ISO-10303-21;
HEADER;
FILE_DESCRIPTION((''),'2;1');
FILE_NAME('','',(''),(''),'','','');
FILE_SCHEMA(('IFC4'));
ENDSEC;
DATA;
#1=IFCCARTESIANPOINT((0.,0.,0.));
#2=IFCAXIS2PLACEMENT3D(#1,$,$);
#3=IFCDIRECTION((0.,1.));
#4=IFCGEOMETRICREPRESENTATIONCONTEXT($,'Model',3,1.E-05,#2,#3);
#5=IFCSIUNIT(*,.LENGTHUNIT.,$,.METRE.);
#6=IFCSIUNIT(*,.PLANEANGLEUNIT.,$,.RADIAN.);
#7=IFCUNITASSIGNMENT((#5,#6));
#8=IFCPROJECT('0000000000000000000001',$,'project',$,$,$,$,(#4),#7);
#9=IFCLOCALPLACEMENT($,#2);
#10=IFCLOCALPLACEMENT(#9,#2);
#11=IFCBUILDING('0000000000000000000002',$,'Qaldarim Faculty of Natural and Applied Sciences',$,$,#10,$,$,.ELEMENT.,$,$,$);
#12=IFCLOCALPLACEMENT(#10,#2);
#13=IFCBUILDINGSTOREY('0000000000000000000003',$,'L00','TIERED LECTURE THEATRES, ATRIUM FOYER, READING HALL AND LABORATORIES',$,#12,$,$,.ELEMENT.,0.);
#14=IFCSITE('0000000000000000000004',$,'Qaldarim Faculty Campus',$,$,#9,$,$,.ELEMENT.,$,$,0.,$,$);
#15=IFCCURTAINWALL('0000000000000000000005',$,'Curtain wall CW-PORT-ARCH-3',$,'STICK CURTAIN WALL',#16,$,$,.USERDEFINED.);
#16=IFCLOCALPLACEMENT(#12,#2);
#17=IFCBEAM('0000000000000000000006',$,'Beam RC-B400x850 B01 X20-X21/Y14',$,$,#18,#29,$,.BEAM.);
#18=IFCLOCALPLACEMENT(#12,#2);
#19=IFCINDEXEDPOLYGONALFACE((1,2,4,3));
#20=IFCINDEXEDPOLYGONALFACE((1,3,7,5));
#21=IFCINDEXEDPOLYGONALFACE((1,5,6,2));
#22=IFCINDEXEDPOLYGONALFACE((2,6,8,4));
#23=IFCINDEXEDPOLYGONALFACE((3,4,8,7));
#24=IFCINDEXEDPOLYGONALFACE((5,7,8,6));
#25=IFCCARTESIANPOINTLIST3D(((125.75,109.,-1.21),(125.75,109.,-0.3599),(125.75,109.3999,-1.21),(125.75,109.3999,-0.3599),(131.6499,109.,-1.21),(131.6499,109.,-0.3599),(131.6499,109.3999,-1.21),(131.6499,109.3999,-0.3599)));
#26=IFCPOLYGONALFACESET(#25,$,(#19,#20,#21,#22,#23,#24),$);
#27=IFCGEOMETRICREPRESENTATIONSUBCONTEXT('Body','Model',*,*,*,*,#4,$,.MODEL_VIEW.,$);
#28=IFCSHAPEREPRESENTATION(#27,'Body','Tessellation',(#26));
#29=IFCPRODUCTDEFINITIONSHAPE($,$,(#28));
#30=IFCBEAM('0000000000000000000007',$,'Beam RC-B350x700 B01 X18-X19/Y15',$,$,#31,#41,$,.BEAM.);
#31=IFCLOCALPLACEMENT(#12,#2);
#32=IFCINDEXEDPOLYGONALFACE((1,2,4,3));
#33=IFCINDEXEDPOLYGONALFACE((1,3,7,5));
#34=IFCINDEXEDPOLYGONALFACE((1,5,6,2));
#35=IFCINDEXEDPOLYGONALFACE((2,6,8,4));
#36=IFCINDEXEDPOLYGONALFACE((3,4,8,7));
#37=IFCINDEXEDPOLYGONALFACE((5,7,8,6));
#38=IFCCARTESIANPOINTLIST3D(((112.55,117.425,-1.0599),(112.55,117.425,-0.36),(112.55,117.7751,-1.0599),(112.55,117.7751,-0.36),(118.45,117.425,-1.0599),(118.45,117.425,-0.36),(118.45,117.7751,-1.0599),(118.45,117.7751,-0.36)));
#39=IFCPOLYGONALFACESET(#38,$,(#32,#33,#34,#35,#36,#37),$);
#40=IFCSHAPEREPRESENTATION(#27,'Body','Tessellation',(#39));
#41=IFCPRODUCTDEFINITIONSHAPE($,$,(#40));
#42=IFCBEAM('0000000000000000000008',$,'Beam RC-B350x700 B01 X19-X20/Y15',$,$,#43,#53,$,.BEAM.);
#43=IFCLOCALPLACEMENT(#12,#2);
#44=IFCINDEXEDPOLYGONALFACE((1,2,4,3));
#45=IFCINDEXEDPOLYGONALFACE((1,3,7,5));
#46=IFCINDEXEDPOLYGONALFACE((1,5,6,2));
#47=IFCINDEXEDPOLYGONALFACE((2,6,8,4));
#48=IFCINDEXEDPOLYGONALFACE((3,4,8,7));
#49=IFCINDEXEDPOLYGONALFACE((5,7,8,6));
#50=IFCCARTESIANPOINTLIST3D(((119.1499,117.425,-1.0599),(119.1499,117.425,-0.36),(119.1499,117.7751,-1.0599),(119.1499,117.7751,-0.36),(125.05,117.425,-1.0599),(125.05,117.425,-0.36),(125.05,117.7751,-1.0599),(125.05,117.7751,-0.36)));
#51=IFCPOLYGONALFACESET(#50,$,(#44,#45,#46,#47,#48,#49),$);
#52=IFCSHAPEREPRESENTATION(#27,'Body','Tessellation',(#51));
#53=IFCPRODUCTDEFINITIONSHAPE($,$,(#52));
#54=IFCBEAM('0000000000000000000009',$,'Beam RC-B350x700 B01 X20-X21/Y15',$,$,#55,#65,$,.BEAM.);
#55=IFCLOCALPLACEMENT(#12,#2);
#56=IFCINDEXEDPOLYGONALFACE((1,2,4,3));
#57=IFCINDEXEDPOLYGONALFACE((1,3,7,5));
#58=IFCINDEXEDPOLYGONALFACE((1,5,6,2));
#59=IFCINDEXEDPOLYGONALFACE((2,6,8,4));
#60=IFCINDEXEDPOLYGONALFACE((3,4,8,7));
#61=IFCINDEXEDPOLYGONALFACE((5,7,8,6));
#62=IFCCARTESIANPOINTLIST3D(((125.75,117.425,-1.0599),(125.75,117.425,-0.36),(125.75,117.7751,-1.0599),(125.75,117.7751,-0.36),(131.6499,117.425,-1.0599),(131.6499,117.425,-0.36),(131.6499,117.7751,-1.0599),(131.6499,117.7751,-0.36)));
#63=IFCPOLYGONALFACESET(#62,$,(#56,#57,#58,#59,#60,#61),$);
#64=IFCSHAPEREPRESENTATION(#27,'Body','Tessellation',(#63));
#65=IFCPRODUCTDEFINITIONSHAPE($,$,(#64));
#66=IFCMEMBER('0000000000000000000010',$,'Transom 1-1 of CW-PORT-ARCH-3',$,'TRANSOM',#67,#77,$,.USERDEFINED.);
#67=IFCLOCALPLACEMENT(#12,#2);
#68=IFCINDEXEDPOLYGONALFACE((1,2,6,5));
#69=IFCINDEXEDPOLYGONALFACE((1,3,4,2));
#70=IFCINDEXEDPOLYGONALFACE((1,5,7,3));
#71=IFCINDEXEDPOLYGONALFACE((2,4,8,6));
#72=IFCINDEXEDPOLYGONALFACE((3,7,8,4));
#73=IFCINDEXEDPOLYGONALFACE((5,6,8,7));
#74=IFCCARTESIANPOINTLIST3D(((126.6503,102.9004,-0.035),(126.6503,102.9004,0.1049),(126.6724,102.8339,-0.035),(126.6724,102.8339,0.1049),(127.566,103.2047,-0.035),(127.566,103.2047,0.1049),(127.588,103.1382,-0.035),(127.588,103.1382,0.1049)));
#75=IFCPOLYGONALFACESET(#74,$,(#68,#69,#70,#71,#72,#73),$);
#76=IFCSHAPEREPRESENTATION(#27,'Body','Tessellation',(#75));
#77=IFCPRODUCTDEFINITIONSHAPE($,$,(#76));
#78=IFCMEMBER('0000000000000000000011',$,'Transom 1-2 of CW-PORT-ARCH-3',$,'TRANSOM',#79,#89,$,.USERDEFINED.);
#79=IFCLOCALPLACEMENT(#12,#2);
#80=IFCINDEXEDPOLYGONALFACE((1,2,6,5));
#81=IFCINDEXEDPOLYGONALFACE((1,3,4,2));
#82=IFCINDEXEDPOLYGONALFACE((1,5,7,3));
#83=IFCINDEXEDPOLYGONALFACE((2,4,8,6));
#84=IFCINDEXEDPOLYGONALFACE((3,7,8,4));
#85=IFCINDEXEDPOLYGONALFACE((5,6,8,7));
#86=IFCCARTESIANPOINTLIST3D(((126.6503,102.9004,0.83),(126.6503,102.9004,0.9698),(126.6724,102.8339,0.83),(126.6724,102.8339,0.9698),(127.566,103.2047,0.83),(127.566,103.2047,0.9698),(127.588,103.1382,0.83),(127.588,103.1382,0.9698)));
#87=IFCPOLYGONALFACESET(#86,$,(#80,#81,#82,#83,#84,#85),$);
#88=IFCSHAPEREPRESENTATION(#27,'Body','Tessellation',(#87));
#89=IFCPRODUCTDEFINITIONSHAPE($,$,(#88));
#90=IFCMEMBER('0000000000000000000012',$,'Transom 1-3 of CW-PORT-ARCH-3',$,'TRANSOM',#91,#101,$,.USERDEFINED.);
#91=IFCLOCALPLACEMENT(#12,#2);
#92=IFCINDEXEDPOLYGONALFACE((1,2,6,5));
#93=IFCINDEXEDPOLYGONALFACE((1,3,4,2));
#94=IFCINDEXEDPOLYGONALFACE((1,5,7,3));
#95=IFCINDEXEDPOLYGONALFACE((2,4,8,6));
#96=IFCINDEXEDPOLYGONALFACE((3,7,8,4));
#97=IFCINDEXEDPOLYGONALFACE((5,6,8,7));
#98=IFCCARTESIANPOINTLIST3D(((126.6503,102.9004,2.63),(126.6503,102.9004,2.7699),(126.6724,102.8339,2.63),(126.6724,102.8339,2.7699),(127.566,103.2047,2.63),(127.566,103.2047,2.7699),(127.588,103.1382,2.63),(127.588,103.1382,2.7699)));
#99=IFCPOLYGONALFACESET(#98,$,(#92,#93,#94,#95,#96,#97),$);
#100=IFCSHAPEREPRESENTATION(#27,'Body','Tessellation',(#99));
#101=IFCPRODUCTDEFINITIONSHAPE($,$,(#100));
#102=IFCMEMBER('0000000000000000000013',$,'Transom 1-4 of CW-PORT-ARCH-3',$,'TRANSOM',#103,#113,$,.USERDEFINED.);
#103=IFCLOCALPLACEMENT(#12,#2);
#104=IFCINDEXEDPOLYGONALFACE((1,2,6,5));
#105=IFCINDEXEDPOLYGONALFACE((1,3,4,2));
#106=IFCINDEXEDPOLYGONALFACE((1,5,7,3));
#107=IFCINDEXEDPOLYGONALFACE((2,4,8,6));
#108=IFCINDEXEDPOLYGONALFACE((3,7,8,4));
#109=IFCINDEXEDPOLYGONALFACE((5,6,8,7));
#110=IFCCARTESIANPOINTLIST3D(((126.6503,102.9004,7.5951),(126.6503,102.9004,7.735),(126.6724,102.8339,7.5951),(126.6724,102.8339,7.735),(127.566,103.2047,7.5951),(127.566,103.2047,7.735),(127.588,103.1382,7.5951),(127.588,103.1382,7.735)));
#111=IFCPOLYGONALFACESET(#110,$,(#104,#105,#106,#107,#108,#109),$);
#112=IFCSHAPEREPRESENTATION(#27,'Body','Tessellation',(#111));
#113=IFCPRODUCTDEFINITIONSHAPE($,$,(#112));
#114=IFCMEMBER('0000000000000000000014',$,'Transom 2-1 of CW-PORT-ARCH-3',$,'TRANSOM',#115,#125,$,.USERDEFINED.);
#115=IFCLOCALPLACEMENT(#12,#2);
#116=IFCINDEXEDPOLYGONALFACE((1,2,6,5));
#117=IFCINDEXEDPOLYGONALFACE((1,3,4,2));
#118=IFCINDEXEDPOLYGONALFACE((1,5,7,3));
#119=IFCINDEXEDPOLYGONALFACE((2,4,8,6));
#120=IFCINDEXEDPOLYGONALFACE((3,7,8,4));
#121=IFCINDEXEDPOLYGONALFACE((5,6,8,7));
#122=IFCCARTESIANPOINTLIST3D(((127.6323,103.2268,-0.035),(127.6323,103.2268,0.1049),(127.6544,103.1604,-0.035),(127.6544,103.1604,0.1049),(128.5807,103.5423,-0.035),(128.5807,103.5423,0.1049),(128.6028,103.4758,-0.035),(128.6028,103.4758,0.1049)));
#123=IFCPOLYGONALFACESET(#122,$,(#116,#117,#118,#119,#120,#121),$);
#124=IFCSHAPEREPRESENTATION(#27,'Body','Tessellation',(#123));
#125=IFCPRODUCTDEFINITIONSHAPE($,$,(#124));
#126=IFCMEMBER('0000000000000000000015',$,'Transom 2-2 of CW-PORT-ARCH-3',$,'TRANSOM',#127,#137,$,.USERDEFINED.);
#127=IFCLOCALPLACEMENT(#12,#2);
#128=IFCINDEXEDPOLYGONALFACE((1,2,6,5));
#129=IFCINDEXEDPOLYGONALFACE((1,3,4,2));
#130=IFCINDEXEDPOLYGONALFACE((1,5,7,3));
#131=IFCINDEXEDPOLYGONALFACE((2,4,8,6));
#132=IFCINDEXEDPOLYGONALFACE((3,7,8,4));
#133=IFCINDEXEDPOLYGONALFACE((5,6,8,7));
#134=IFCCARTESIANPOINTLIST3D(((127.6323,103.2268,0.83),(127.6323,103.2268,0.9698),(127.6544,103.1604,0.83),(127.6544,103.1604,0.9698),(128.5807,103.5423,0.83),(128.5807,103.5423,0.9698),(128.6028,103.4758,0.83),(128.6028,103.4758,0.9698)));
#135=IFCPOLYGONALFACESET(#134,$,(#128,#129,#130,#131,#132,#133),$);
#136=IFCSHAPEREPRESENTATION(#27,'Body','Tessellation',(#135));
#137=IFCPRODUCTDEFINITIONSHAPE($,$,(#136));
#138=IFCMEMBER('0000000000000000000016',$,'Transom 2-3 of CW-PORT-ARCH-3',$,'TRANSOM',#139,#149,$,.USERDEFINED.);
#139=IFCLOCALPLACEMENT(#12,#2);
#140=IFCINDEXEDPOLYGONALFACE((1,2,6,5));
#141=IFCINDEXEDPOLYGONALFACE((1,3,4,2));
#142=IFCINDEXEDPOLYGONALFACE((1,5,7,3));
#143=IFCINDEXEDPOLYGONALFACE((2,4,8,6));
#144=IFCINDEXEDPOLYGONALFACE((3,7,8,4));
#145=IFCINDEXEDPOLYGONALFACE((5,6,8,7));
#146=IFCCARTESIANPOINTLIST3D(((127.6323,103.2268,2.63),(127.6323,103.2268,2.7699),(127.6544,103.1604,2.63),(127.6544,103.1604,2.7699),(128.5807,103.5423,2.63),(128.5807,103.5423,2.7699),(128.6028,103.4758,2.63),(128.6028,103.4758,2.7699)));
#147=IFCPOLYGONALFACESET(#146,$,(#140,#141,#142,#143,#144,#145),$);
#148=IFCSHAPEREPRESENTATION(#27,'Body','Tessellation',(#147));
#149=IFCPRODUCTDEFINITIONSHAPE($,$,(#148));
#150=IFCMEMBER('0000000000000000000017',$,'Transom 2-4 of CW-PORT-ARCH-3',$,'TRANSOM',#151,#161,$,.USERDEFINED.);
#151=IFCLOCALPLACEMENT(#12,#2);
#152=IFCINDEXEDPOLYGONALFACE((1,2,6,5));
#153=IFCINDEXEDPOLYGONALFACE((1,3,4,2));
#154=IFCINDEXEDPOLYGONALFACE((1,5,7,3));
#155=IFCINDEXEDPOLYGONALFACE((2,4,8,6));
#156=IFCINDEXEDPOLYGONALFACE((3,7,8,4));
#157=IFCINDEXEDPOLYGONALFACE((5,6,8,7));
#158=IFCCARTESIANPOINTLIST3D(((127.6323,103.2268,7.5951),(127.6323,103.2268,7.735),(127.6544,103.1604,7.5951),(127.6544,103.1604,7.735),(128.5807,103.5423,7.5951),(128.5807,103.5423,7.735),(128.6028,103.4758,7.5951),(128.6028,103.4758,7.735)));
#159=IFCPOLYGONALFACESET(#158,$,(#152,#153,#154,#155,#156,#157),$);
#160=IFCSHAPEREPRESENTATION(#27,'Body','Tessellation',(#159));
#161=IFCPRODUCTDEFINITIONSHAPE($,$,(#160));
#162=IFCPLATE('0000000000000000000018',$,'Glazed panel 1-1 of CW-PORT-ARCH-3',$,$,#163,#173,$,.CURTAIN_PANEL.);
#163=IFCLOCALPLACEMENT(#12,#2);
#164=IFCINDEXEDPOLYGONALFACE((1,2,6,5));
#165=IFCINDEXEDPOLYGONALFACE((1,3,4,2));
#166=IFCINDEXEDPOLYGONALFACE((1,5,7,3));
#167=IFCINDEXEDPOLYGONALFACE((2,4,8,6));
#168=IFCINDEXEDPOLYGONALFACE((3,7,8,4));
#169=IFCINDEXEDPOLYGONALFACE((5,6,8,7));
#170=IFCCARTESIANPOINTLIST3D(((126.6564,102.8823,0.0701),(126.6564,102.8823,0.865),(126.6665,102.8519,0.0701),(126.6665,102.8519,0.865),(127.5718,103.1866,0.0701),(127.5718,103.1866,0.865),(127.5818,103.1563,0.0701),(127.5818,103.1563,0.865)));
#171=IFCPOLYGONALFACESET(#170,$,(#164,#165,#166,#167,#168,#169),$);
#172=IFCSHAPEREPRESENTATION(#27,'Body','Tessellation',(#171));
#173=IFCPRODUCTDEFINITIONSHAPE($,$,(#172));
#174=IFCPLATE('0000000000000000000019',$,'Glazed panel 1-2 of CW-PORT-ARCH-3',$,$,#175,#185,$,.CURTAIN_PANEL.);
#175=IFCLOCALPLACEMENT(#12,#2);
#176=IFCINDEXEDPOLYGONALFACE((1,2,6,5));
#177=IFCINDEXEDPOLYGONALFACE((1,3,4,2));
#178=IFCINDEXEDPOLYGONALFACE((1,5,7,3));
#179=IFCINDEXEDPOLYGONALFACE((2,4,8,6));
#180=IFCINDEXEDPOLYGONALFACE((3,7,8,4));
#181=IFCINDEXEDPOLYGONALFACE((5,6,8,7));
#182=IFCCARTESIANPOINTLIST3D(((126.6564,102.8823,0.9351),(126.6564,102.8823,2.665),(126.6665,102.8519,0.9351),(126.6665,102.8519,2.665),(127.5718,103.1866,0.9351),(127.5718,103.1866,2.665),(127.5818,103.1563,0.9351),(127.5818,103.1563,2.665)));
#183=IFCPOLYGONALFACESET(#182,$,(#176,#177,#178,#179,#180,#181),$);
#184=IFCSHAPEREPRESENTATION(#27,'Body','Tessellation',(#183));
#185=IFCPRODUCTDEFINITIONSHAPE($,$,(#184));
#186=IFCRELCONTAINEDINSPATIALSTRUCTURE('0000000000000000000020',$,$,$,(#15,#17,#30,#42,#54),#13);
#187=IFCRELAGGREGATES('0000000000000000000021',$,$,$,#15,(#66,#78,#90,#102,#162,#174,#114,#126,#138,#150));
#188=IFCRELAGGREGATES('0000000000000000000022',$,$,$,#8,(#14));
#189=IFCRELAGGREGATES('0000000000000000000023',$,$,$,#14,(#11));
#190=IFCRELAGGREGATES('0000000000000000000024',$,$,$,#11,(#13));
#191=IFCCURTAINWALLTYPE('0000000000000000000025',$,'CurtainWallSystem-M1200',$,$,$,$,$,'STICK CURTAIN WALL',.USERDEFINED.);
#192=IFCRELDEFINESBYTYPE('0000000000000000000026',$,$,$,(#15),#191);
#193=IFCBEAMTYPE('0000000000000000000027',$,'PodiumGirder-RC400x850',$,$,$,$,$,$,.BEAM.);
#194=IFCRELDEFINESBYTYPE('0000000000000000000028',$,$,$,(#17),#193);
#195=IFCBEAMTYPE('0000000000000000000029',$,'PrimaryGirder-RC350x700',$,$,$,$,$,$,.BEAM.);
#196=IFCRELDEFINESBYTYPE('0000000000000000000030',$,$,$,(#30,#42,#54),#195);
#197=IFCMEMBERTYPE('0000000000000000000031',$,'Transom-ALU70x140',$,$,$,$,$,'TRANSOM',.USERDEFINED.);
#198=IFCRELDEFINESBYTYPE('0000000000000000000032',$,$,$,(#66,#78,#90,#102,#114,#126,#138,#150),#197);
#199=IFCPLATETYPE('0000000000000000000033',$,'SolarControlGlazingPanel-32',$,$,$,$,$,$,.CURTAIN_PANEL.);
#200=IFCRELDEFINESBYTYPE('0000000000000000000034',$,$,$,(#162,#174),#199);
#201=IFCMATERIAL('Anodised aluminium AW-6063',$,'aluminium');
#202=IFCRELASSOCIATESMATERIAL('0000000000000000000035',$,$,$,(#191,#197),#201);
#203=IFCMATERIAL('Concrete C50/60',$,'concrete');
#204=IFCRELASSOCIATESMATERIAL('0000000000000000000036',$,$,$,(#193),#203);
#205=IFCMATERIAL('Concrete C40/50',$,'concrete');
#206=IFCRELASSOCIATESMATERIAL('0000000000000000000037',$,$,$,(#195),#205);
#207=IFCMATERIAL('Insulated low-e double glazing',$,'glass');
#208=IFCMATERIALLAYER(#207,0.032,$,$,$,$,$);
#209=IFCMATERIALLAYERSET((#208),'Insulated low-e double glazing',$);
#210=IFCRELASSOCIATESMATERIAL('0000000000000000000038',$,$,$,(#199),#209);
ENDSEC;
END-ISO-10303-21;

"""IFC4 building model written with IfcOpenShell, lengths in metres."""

from ifc_helpers import new_model, si_unit, direction, frame, origin, origin_2d, place, context, subcontext, project, spatial, rectangle, extrude, material, layer, layer_set, material_profile, profile_set, type_object, element, aggregate, save


model = new_model("IFC4")

# Units and contexts
model_context = context("Model", 3, precision=1e-05, world=origin(), true_north=direction((0.0, 1.0)))
body_context = subcontext(model_context, "Body", "Model", "MODEL_VIEW")
ifc_project = project(units=[si_unit("LENGTHUNIT", "METRE"), si_unit("PLANEANGLEUNIT", "RADIAN")], contexts=[model_context])

# Site, building, storey
site_placement = place(None, origin())
site = spatial("IfcSite", under=ifc_project, at=site_placement, Name="Qaldarim Faculty Campus", CompositionType="ELEMENT", RefElevation=0.0)
building_placement = place(site_placement, origin())
building = spatial("IfcBuilding", under=site, at=building_placement, Name="Qaldarim Faculty of Natural and Applied Sciences", CompositionType="ELEMENT")
storey_placement = place(building_placement, origin())
storey = spatial("IfcBuildingStorey", under=building, at=storey_placement, Name="L00", Description="TIERED LECTURE THEATRES, ATRIUM FOYER, READING HALL AND LABORATORIES", CompositionType="ELEMENT", Elevation=0.0)

# Shared definitions
ifc_material_1 = material(Name="Concrete C40/50", Category="concrete")
ifc_material_2 = material(Name="Concrete C50/60", Category="concrete")

# Curtain wall
ifc_material_3 = material(Name="Anodised aluminium AW-6063", Category="aluminium")
curtain_wall_type = type_object("IfcCurtainWallType", Name="CurtainWallSystem-M1200", ElementType="STICK CURTAIN WALL", PredefinedType="USERDEFINED", material=ifc_material_3)
curtain_wall_placement = place(storey_placement, origin())
curtain_wall = element("IfcCurtainWall", 1, at=curtain_wall_placement, inside=storey, type_object=curtain_wall_type, Name="Curtain wall CW-PORT-ARCH-3", ObjectType="STICK CURTAIN WALL", PredefinedType="USERDEFINED")

# Beams
ifc_material_profile_1 = material_profile(ifc_material_2, rectangle(XDim=0.3999, YDim=0.8501, at=origin_2d()), Name="RC-B400x850")
ifc_profile_set_1 = profile_set([ifc_material_profile_1], Name="Concrete C50/60")
beam_type_1 = type_object("IfcBeamType", Name="PodiumGirder-RC400x850", PredefinedType="BEAM", material=ifc_profile_set_1)
beam_1_placement = place(storey_placement, frame((125.75, 109.2, -0.7849), z_axis=(1.0, 0.0, 0.0), x_axis=(0.0, 1.0, 0.0)))
element("IfcBeam", 2, at=beam_1_placement, inside=storey, type_object=beam_type_1, Name="Beam RC-B400x850 B01 X20-X21/Y14", PredefinedType="BEAM", context=body_context, shape_type="SweptSolid", body=[
    extrude(rectangle(XDim=0.3999, YDim=0.8501, at=origin_2d()), origin(), (0.0, 0.0, 1.0), 5.8999),
])
ifc_material_profile_2 = material_profile(ifc_material_1, rectangle(XDim=0.3501, YDim=0.7, at=origin_2d()), Name="RC-B350x700")
ifc_profile_set_2 = profile_set([ifc_material_profile_2], Name="Concrete C40/50")
beam_type_2 = type_object("IfcBeamType", Name="PrimaryGirder-RC350x700", PredefinedType="BEAM", material=ifc_profile_set_2)
beam_2_placement = place(storey_placement, frame((112.55, 117.6001, -0.71), z_axis=(1.0, 0.0, 0.0), x_axis=(0.0, 1.0, 0.0)))
element("IfcBeam", 3, at=beam_2_placement, inside=storey, type_object=beam_type_2, Name="Beam RC-B350x700 B01 X18-X19/Y15", PredefinedType="BEAM", context=body_context, shape_type="SweptSolid", body=[
    extrude(rectangle(XDim=0.3501, YDim=0.7, at=origin_2d()), origin(), (0.0, 0.0, 1.0), 5.8999),
])
beam_3_placement = place(storey_placement, frame((119.1499, 117.6001, -0.71), z_axis=(1.0, 0.0, 0.0), x_axis=(0.0, 1.0, 0.0)))
element("IfcBeam", 4, at=beam_3_placement, inside=storey, type_object=beam_type_2, Name="Beam RC-B350x700 B01 X19-X20/Y15", PredefinedType="BEAM", context=body_context, shape_type="SweptSolid", body=[
    extrude(rectangle(XDim=0.3501, YDim=0.7, at=origin_2d()), origin(), (0.0, 0.0, 1.0), 5.9001),
])
beam_4_placement = place(storey_placement, frame((125.75, 117.6001, -0.71), z_axis=(1.0, 0.0, 0.0), x_axis=(0.0, 1.0, 0.0)))
element("IfcBeam", 5, at=beam_4_placement, inside=storey, type_object=beam_type_2, Name="Beam RC-B350x700 B01 X20-X21/Y15", PredefinedType="BEAM", context=body_context, shape_type="SweptSolid", body=[
    extrude(rectangle(XDim=0.3501, YDim=0.7, at=origin_2d()), origin(), (0.0, 0.0, 1.0), 5.8999),
])

# Members
ifc_material_profile_3 = material_profile(ifc_material_3, rectangle(XDim=0.0701, YDim=0.1399, at=origin_2d()), Name="ALU-T70x140")
ifc_profile_set_3 = profile_set([ifc_material_profile_3], Name="Anodised aluminium AW-6063")
member_type_1 = type_object("IfcMemberType", Name="Transom-ALU70x140", ElementType="TRANSOM", PredefinedType="USERDEFINED", material=ifc_profile_set_3)
member_1_placement = place(storey_placement, frame((126.6614, 102.8672, 0.0349), z_axis=(0.948987, 0.315317, 0.0), x_axis=(-0.315317, 0.948987, 0.0)))
member_1 = element("IfcMember", 6, at=member_1_placement, type_object=member_type_1, Name="Transom 1-1 of CW-PORT-ARCH-3", ObjectType="TRANSOM", PredefinedType="USERDEFINED", context=body_context, shape_type="SweptSolid", body=[
    extrude(rectangle(XDim=0.0701, YDim=0.1399, at=origin_2d()), origin(), (0.0, 0.0, 1.0), 0.9648),
])
member_2_placement = place(storey_placement, frame((126.6614, 102.8672, 0.8999), z_axis=(0.948987, 0.315317, 0.0), x_axis=(-0.315317, 0.948987, 0.0)))
member_2 = element("IfcMember", 7, at=member_2_placement, type_object=member_type_1, Name="Transom 1-2 of CW-PORT-ARCH-3", ObjectType="TRANSOM", PredefinedType="USERDEFINED", context=body_context, shape_type="SweptSolid", body=[
    extrude(rectangle(XDim=0.0701, YDim=0.1399, at=origin_2d()), origin(), (0.0, 0.0, 1.0), 0.9648),
])
member_3_placement = place(storey_placement, frame((126.6614, 102.8672, 2.7), z_axis=(0.948987, 0.315317, 0.0), x_axis=(-0.315317, 0.948987, 0.0)))
member_3 = element("IfcMember", 8, at=member_3_placement, type_object=member_type_1, Name="Transom 1-3 of CW-PORT-ARCH-3", ObjectType="TRANSOM", PredefinedType="USERDEFINED", context=body_context, shape_type="SweptSolid", body=[
    extrude(rectangle(XDim=0.0701, YDim=0.1399, at=origin_2d()), origin(), (0.0, 0.0, 1.0), 0.9648),
])
member_4_placement = place(storey_placement, frame((126.6614, 102.8672, 7.665), z_axis=(0.948987, 0.315317, 0.0), x_axis=(-0.315317, 0.948987, 0.0)))
member_4 = element("IfcMember", 9, at=member_4_placement, type_object=member_type_1, Name="Transom 1-4 of CW-PORT-ARCH-3", ObjectType="TRANSOM", PredefinedType="USERDEFINED", context=body_context, shape_type="SweptSolid", body=[
    extrude(rectangle(XDim=0.0701, YDim=0.1399, at=origin_2d()), origin(), (0.0, 0.0, 1.0), 0.9648),
])
member_5_placement = place(storey_placement, frame((127.6433, 103.1936, 0.0349), z_axis=(0.948903, 0.315568, 0.0), x_axis=(-0.315568, 0.948903, 0.0)))
member_5 = element("IfcMember", 10, at=member_5_placement, type_object=member_type_1, Name="Transom 2-1 of CW-PORT-ARCH-3", ObjectType="TRANSOM", PredefinedType="USERDEFINED", context=body_context, shape_type="SweptSolid", body=[
    extrude(rectangle(XDim=0.0701, YDim=0.1399, at=origin_2d()), origin(), (0.0, 0.0, 1.0), 0.9995),
])
member_6_placement = place(storey_placement, frame((127.6433, 103.1936, 0.8999), z_axis=(0.948903, 0.315568, 0.0), x_axis=(-0.315568, 0.948903, 0.0)))
member_6 = element("IfcMember", 11, at=member_6_placement, type_object=member_type_1, Name="Transom 2-2 of CW-PORT-ARCH-3", ObjectType="TRANSOM", PredefinedType="USERDEFINED", context=body_context, shape_type="SweptSolid", body=[
    extrude(rectangle(XDim=0.0701, YDim=0.1399, at=origin_2d()), origin(), (0.0, 0.0, 1.0), 0.9995),
])
member_7_placement = place(storey_placement, frame((127.6433, 103.1936, 2.7), z_axis=(0.948903, 0.315568, 0.0), x_axis=(-0.315568, 0.948903, 0.0)))
member_7 = element("IfcMember", 12, at=member_7_placement, type_object=member_type_1, Name="Transom 2-3 of CW-PORT-ARCH-3", ObjectType="TRANSOM", PredefinedType="USERDEFINED", context=body_context, shape_type="SweptSolid", body=[
    extrude(rectangle(XDim=0.0701, YDim=0.1399, at=origin_2d()), origin(), (0.0, 0.0, 1.0), 0.9995),
])
member_8_placement = place(storey_placement, frame((127.6433, 103.1936, 7.665), z_axis=(0.948903, 0.315568, 0.0), x_axis=(-0.315568, 0.948903, 0.0)))
member_8 = element("IfcMember", 13, at=member_8_placement, type_object=member_type_1, Name="Transom 2-4 of CW-PORT-ARCH-3", ObjectType="TRANSOM", PredefinedType="USERDEFINED", context=body_context, shape_type="SweptSolid", body=[
    extrude(rectangle(XDim=0.0701, YDim=0.1399, at=origin_2d()), origin(), (0.0, 0.0, 1.0), 0.9995),
])

# Plates
ifc_material_4 = material(Name="Insulated low-e double glazing", Category="glass")
ifc_layer_1 = layer(ifc_material_4, 0.032)
ifc_layer_set_1 = layer_set([ifc_layer_1], Name="Insulated low-e double glazing")
plate_type = type_object("IfcPlateType", Name="SolarControlGlazingPanel-32", PredefinedType="CURTAIN_PANEL", material=ifc_layer_set_1)
plate_1_placement = place(storey_placement, frame((127.1191, 103.0193, 0.0701), z_axis=(0.0, 0.0, 1.0), x_axis=(0.948915, 0.315533, 0.0)))
plate_1 = element("IfcPlate", 14, at=plate_1_placement, type_object=plate_type, Name="Glazed panel 1-1 of CW-PORT-ARCH-3", PredefinedType="CURTAIN_PANEL", context=body_context, shape_type="SweptSolid", body=[
    extrude(rectangle(XDim=0.9646, YDim=0.032, at=origin_2d()), origin(), (0.0, 0.0, 1.0), 0.7949),
])
plate_2_placement = place(storey_placement, frame((127.1191, 103.0193, 0.9351), z_axis=(0.0, 0.0, 1.0), x_axis=(0.948915, 0.315533, 0.0)))
plate_2 = element("IfcPlate", 15, at=plate_2_placement, type_object=plate_type, Name="Glazed panel 1-2 of CW-PORT-ARCH-3", PredefinedType="CURTAIN_PANEL", context=body_context, shape_type="SweptSolid", body=[
    extrude(rectangle(XDim=0.9646, YDim=0.032, at=origin_2d()), origin(), (0.0, 0.0, 1.0), 1.73),
])
aggregate(curtain_wall, [member_1, member_2, member_3, member_4, plate_1, plate_2, member_5, member_6, member_7, member_8])

save(model, "model.ifc")
